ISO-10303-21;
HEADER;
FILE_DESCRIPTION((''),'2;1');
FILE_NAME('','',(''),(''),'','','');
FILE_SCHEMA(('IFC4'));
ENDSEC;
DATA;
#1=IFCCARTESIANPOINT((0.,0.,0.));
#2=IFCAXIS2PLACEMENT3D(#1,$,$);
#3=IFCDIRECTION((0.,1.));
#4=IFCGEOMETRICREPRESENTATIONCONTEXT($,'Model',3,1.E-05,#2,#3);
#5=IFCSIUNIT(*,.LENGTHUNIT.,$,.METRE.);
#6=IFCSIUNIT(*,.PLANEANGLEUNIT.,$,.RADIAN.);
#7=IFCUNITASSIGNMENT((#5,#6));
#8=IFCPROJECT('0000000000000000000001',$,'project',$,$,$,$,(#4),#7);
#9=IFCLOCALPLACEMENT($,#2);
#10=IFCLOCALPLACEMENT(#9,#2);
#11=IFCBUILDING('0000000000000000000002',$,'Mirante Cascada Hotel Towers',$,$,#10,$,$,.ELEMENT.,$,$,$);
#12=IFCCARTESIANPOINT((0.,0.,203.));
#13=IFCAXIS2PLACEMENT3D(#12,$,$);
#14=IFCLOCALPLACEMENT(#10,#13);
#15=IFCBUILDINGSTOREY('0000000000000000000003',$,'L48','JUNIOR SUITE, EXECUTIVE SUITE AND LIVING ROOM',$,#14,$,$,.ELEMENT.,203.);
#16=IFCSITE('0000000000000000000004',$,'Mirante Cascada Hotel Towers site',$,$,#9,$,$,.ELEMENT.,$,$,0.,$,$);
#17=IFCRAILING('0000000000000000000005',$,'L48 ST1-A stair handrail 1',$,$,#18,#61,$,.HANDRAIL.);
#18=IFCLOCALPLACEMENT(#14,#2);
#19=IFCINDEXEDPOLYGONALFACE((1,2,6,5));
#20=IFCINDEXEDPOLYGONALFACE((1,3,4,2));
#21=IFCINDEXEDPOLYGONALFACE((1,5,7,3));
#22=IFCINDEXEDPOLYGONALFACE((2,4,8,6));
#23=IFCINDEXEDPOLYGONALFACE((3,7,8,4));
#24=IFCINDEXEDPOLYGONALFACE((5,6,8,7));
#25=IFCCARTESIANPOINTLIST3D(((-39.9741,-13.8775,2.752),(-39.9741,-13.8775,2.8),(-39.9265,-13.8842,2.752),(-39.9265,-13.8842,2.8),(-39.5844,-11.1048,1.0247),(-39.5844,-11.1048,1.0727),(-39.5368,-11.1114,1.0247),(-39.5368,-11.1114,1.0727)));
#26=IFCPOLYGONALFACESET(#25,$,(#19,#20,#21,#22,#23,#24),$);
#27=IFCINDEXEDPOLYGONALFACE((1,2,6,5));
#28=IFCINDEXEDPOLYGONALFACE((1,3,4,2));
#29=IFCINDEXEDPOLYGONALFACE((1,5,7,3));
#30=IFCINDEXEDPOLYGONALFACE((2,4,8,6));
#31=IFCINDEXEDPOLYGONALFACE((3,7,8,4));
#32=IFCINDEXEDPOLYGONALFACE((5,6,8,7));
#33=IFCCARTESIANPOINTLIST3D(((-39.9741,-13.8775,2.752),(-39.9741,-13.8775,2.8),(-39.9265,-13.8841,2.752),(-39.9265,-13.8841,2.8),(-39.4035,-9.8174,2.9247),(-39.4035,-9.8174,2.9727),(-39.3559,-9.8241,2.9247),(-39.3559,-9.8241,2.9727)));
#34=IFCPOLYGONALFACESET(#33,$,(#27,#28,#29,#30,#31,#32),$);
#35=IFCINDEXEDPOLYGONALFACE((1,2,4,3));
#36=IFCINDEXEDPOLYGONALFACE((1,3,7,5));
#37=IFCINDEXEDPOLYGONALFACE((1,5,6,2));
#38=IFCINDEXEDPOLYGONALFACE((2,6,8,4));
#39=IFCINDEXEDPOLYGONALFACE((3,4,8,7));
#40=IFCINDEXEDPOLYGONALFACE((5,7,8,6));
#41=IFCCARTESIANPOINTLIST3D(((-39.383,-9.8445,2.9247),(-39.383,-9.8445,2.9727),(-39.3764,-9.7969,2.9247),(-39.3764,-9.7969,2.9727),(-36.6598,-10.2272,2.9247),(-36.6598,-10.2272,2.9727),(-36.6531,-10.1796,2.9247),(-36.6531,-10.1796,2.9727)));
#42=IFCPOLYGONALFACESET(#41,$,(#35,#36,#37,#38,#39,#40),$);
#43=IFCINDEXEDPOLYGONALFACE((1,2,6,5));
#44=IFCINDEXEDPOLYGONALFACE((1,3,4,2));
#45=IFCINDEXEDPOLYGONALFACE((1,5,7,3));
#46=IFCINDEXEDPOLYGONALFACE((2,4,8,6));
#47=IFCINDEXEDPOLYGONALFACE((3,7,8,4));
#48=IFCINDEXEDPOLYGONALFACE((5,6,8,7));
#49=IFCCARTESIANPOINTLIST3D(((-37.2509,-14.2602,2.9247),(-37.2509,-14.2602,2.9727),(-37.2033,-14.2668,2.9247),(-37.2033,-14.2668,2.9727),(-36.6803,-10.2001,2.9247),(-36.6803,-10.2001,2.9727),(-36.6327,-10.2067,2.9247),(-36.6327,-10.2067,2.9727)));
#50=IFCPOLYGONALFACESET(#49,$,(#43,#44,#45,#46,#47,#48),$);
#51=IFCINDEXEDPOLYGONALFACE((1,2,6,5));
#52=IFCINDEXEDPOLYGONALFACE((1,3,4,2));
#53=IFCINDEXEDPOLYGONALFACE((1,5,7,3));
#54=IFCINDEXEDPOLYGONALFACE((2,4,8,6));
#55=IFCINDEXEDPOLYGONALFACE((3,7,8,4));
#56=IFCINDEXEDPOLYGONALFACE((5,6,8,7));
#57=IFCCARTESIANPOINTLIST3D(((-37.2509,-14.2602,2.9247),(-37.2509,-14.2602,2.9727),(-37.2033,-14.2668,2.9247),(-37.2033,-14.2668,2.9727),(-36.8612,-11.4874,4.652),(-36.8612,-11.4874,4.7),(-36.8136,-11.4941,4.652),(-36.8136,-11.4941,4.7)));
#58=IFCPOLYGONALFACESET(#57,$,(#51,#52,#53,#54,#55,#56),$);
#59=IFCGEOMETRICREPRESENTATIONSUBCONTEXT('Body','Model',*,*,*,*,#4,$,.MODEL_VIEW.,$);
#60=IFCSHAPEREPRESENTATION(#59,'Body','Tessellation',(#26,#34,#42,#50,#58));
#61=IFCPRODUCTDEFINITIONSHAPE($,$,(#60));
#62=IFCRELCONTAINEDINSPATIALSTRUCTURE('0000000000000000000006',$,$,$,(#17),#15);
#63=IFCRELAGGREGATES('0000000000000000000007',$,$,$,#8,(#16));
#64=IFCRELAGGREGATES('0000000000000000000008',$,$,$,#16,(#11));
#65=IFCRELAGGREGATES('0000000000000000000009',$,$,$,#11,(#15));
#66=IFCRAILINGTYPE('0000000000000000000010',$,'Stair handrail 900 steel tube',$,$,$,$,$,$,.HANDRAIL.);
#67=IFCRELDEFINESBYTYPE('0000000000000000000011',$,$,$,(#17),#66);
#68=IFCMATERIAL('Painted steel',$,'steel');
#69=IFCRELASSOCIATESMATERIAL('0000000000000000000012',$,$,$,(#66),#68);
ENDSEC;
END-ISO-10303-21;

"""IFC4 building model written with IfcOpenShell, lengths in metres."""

from ifc_helpers import new_model, si_unit, direction, frame, origin, origin_2d, place, context, subcontext, project, spatial, rectangle, extrude, material, type_object, element, save


model = new_model("IFC4")

# Units and contexts
model_context = context("Model", 3, precision=1e-05, world=origin(), true_north=direction((0.0, 1.0)))
body_context = subcontext(model_context, "Body", "Model", "MODEL_VIEW")
ifc_project = project(units=[si_unit("LENGTHUNIT", "METRE"), si_unit("PLANEANGLEUNIT", "RADIAN")], contexts=[model_context])

# Site, building, storey
site_placement = place(None, origin())
site = spatial("IfcSite", under=ifc_project, at=site_placement, Name="Mirante Cascada Hotel Towers site", CompositionType="ELEMENT", RefElevation=0.0)
building_placement = place(site_placement, origin())
building = spatial("IfcBuilding", under=site, at=building_placement, Name="Mirante Cascada Hotel Towers", CompositionType="ELEMENT")
storey_placement = place(building_placement, frame((0.0, 0.0, 203.0)))
storey = spatial("IfcBuildingStorey", under=building, at=storey_placement, Name="L48", Description="JUNIOR SUITE, EXECUTIVE SUITE AND LIVING ROOM", CompositionType="ELEMENT", Elevation=203.0)

# Railing
ifc_material_1 = material(Name="Painted steel", Category="steel")
railing_type = type_object("IfcRailingType", Name="Stair handrail 900 steel tube", PredefinedType="HANDRAIL", material=ifc_material_1)
railing_placement = place(storey_placement, frame((-39.5606, -11.1081, 0.1727)))
element("IfcRailing", 1, at=railing_placement, inside=storey, type_object=railing_type, Name="L48 ST1-A stair handrail 1", PredefinedType="HANDRAIL", context=body_context, shape_type="SweptSolid", body=[
    extrude(rectangle(XDim=0.048, YDim=0.048, at=origin_2d()), frame((0.0, 0.0, 0.876), z_axis=(-0.139181, -0.990267, 0.0), x_axis=(0.990267, -0.139181, 0.0)), (0.0, 0.525035, 0.851081), 3.2899),
    extrude(rectangle(XDim=0.048, YDim=0.048, at=origin_2d()), frame((-0.3897, -2.7727, 2.6033), z_axis=(0.139171, 0.990268, 0.0), x_axis=(-0.990268, 0.139171, 0.0)), (0.0, 0.042085, 0.999114), 4.1036),
    extrude(rectangle(XDim=0.048, YDim=0.048, at=origin_2d()), frame((0.1809, 1.2874, 2.776), z_axis=(0.990269, -0.139166, 0.0), x_axis=(0.139166, 0.990269, 0.0)), (0.0, 0.0, 1.0), 2.75),
    extrude(rectangle(XDim=0.048, YDim=0.048, at=origin_2d()), frame((2.9041, 0.9047, 2.776), z_axis=(-0.139171, -0.990268, 0.0), x_axis=(0.990268, -0.139171, 0.0)), (0.0, 0.0, 1.0), 4.1),
    extrude(rectangle(XDim=0.048, YDim=0.048, at=origin_2d()), frame((2.3335, -3.1554, 2.776), z_axis=(0.139181, 0.990267, 0.0), x_axis=(-0.990267, 0.139181, 0.0)), (0.0, 0.525035, 0.851081), 3.2899),
])

save(model, "model.ifc")
